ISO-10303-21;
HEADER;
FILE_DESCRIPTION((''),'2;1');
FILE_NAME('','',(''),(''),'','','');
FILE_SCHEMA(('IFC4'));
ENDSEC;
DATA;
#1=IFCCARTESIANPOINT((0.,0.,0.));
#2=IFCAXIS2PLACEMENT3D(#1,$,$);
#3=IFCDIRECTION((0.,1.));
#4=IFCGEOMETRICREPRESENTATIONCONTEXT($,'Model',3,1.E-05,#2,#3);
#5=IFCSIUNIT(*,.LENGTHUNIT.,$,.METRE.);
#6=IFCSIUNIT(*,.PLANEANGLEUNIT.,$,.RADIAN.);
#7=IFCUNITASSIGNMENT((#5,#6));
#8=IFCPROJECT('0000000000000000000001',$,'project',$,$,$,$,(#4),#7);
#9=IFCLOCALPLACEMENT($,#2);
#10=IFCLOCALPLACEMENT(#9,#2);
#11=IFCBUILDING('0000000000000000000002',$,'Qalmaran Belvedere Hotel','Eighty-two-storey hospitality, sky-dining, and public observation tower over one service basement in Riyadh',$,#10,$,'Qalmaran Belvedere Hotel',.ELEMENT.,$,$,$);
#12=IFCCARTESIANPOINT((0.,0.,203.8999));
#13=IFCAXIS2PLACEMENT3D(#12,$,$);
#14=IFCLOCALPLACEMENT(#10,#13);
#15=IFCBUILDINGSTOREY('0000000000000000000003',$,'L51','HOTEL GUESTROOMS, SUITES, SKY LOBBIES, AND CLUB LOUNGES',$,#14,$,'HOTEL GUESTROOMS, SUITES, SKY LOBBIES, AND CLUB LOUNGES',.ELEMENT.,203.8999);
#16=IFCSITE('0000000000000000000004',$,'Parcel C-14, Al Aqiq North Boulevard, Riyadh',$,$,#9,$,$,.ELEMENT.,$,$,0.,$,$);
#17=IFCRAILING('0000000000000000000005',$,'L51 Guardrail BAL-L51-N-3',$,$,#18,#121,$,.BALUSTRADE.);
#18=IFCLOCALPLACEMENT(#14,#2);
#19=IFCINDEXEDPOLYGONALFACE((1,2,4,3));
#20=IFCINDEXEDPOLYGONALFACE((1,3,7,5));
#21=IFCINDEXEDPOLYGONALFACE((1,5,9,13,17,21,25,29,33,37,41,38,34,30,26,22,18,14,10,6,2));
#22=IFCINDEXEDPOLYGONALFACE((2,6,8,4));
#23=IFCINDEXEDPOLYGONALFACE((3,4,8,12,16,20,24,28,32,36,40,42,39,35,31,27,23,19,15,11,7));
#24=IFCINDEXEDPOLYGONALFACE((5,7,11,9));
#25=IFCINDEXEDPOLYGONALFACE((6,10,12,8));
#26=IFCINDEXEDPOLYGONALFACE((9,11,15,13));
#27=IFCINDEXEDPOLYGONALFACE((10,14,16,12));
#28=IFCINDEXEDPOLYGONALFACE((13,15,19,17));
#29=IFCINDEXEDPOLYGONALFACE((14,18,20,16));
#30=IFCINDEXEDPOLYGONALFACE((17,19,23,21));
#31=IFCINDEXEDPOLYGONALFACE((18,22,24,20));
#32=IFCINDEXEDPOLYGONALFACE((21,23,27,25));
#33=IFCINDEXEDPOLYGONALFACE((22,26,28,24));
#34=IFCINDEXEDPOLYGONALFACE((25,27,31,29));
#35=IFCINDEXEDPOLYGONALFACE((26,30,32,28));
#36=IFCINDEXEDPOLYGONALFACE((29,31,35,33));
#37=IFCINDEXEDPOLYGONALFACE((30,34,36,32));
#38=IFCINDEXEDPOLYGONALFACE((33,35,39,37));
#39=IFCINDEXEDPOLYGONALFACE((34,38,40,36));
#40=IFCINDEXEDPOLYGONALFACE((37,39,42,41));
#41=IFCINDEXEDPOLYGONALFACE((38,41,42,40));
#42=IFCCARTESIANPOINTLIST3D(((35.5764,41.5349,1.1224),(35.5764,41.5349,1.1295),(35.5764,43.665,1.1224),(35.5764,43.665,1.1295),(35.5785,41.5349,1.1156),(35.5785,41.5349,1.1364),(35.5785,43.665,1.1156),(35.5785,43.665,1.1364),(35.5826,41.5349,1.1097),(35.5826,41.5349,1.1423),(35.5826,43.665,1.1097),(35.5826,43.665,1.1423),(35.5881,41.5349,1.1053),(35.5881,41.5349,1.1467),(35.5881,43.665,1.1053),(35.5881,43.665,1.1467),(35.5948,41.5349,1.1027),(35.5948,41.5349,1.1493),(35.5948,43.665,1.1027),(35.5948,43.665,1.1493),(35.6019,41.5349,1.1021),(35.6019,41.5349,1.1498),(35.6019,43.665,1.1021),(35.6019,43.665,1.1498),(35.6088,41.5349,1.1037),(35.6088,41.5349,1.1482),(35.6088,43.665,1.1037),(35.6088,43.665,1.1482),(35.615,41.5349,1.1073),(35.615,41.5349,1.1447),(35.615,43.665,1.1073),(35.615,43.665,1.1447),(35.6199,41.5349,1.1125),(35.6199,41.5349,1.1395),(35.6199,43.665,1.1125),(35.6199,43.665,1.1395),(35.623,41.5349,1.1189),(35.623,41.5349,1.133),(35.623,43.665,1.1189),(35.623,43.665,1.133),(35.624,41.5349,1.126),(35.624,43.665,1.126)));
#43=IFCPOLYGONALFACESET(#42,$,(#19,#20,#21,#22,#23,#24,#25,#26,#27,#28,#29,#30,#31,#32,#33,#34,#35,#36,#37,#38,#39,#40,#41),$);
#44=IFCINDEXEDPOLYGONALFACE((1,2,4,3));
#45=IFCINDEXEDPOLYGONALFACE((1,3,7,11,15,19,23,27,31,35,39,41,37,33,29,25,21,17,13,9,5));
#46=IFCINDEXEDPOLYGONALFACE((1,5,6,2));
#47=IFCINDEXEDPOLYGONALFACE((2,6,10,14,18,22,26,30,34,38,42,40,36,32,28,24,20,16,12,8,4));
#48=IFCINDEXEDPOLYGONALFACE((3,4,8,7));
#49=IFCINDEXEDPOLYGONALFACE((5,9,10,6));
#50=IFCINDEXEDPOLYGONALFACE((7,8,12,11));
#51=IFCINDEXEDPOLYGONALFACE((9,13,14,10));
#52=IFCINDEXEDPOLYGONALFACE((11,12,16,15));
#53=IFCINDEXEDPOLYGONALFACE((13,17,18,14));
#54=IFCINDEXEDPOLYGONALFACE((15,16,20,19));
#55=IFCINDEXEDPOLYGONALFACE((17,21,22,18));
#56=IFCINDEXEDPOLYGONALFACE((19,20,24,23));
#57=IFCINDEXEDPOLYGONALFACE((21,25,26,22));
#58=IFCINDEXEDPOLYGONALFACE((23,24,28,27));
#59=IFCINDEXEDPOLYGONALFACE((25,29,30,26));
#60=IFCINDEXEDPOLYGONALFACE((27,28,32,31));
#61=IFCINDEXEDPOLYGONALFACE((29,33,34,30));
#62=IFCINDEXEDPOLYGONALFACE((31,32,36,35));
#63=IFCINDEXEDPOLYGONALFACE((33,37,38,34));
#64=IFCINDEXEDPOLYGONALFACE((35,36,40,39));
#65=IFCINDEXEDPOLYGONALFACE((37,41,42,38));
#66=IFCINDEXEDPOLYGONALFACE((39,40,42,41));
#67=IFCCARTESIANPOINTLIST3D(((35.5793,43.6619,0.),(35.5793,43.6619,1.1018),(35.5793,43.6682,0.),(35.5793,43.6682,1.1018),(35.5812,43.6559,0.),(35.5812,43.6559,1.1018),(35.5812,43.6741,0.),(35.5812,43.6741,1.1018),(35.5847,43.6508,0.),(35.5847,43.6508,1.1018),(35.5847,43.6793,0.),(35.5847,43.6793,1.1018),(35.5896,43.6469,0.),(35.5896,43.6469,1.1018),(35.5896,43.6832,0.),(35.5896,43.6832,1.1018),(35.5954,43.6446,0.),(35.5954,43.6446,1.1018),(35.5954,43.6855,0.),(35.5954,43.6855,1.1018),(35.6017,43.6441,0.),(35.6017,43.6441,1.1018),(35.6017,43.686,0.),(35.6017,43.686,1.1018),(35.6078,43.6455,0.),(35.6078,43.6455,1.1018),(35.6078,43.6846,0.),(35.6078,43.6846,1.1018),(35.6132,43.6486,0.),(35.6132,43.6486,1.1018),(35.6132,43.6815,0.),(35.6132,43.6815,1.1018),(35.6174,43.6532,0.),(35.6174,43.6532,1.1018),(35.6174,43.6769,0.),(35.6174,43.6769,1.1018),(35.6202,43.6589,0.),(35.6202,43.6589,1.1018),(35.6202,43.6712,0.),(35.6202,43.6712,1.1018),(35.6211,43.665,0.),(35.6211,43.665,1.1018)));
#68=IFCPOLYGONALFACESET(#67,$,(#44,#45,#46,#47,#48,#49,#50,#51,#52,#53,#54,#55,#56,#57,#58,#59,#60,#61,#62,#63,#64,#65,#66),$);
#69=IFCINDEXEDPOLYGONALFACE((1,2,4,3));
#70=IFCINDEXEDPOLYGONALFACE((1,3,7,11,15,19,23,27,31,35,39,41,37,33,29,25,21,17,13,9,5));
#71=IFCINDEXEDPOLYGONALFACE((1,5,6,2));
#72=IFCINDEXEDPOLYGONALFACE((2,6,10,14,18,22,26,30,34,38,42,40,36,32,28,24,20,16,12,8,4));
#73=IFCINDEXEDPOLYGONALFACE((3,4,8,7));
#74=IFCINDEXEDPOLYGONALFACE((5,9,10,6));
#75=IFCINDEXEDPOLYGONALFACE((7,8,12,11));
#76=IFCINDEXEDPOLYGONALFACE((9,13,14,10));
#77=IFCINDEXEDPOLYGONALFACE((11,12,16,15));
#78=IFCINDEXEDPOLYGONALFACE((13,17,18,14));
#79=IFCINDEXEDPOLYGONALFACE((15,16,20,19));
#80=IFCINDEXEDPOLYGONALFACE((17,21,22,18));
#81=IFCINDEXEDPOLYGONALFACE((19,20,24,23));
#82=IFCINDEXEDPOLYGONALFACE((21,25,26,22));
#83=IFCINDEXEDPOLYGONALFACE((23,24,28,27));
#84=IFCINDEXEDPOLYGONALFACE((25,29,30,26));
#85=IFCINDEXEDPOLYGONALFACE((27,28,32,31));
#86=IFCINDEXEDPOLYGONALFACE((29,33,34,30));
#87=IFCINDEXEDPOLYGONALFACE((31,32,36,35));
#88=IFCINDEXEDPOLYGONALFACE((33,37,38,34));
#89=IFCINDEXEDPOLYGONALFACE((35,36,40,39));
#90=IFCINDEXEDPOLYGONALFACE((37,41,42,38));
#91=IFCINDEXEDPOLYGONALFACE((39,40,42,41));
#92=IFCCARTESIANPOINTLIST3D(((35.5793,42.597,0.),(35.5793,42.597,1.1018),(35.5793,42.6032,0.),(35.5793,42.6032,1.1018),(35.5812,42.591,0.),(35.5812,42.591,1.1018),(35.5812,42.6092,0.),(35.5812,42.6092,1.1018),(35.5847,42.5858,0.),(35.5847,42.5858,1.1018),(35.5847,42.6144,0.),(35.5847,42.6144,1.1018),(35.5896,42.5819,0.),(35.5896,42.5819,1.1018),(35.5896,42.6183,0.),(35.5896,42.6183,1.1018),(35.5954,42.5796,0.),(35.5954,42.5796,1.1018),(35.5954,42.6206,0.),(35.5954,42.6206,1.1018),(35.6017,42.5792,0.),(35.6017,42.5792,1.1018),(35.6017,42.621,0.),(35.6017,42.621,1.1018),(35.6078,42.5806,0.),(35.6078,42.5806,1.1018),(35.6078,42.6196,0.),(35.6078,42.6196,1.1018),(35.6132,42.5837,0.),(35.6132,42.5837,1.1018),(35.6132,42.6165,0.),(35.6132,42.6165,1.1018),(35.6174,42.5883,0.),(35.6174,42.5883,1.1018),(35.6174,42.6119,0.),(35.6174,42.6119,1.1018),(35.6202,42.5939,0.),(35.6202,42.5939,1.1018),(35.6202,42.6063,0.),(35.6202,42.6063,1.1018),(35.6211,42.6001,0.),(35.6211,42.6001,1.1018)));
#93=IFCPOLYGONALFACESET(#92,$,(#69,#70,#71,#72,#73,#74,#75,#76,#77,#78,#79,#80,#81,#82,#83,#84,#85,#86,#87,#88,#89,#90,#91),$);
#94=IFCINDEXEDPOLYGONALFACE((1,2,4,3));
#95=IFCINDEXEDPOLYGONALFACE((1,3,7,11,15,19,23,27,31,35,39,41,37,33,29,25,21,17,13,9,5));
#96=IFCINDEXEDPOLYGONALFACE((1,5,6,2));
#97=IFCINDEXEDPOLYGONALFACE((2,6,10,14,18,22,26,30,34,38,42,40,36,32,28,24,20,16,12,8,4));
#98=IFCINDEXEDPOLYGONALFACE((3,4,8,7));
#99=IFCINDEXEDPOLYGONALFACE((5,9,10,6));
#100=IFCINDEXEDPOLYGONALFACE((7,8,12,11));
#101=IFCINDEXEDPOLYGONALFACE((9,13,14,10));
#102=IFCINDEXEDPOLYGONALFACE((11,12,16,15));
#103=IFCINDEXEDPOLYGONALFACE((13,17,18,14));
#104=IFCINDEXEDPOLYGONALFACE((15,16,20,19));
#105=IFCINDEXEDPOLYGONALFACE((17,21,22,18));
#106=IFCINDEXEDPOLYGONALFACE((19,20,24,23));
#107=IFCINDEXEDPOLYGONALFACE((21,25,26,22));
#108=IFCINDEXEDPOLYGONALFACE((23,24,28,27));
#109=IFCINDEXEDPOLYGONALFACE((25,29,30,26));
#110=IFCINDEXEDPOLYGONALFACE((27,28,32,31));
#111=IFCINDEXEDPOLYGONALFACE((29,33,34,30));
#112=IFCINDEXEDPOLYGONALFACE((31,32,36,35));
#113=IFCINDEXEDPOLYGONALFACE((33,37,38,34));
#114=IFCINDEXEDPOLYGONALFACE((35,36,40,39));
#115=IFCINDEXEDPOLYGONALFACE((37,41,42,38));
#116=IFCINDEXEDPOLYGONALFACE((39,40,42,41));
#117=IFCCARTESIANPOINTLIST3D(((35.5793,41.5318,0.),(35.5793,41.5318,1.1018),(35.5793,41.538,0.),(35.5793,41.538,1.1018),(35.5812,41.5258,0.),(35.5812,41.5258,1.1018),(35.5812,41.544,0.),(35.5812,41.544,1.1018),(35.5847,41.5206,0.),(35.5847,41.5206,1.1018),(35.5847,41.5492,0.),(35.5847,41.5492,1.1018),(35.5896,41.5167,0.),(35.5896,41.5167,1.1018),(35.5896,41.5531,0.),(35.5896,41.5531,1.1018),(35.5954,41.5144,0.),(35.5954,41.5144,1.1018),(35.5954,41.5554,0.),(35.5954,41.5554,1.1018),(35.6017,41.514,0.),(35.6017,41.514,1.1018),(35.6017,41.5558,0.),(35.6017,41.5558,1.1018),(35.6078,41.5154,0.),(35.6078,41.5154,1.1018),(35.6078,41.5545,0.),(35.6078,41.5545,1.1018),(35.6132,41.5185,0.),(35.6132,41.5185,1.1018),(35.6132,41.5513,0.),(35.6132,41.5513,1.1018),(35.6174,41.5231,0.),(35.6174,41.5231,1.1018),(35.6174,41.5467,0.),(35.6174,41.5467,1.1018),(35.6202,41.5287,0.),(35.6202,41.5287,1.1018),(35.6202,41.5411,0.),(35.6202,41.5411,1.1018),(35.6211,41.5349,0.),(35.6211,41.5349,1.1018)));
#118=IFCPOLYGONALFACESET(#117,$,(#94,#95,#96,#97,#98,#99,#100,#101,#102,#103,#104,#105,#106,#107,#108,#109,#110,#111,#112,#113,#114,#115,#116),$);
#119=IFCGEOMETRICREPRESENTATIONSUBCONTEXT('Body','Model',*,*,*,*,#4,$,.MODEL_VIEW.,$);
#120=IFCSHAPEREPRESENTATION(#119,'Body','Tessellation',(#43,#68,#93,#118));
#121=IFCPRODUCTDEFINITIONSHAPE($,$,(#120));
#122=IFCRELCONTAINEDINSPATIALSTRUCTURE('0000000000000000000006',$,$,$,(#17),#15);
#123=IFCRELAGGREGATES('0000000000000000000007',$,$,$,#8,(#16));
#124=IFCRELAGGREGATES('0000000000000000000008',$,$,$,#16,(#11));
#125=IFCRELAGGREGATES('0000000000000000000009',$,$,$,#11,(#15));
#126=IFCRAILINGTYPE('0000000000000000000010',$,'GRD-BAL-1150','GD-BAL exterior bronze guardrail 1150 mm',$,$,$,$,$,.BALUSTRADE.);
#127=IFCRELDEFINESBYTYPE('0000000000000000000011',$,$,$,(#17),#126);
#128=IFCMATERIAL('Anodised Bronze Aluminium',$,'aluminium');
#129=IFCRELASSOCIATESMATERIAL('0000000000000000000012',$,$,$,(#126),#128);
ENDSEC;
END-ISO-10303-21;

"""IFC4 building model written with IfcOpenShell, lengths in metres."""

from ifc_helpers import new_model, si_unit, direction, frame, origin, origin_2d, place, context, subcontext, project, spatial, circle, extrude, material, type_object, element, save


model = new_model("IFC4")

# Units and contexts
model_context = context("Model", 3, precision=1e-05, world=origin(), true_north=direction((0.0, 1.0)))
body_context = subcontext(model_context, "Body", "Model", "MODEL_VIEW")
ifc_project = project(units=[si_unit("LENGTHUNIT", "METRE"), si_unit("PLANEANGLEUNIT", "RADIAN")], contexts=[model_context])

# Site, building, storey
site_placement = place(None, origin())
site = spatial("IfcSite", under=ifc_project, at=site_placement, Name="Parcel C-14, Al Aqiq North Boulevard, Riyadh", CompositionType="ELEMENT", RefElevation=0.0)
building_placement = place(site_placement, origin())
building = spatial("IfcBuilding", under=site, at=building_placement, Name="Qalmaran Belvedere Hotel", Description="Eighty-two-storey hospitality, sky-dining, and public observation tower over one service basement in Riyadh", LongName="Qalmaran Belvedere Hotel", CompositionType="ELEMENT")
storey_placement = place(building_placement, frame((0.0, 0.0, 203.8999)))
storey = spatial("IfcBuildingStorey", under=building, at=storey_placement, Name="L51", Description="HOTEL GUESTROOMS, SUITES, SKY LOBBIES, AND CLUB LOUNGES", LongName="HOTEL GUESTROOMS, SUITES, SKY LOBBIES, AND CLUB LOUNGES", CompositionType="ELEMENT", Elevation=203.8999)

# Shared definitions
ifc_material_1 = material(Name="Anodised Bronze Aluminium", Category="aluminium")

# Railing
railing_type = type_object("IfcRailingType", Name="GRD-BAL-1150", Description="GD-BAL exterior bronze guardrail 1150 mm", PredefinedType="BALUSTRADE", material=ifc_material_1)
railing_1_placement = place(storey_placement, frame((35.6001, 43.665, 0.0)))
element("IfcRailing", 1, at=railing_1_placement, inside=storey, type_object=railing_type, Name="L51 Guardrail BAL-L51-N-3", PredefinedType="BALUSTRADE", context=body_context, shape_type="SweptSolid", body=[
    extrude(circle(Radius=0.0239, at=origin_2d()), frame((0.0, 0.0, 1.126), z_axis=(0.0, -1.0, 0.0), x_axis=(1.0, 0.0, 0.0)), (0.0, 0.0, 1.0), 2.1301),
    extrude(circle(Radius=0.021, at=origin_2d()), origin(), (0.0, 0.0, 1.0), 1.1018),
    extrude(circle(Radius=0.021, at=origin_2d()), frame((0.0, -1.0649, 0.0)), (0.0, 0.0, 1.0), 1.1018),
    extrude(circle(Radius=0.021, at=origin_2d()), frame((0.0, -2.1301, 0.0)), (0.0, 0.0, 1.0), 1.1018),
])

save(model, "model.ifc")
